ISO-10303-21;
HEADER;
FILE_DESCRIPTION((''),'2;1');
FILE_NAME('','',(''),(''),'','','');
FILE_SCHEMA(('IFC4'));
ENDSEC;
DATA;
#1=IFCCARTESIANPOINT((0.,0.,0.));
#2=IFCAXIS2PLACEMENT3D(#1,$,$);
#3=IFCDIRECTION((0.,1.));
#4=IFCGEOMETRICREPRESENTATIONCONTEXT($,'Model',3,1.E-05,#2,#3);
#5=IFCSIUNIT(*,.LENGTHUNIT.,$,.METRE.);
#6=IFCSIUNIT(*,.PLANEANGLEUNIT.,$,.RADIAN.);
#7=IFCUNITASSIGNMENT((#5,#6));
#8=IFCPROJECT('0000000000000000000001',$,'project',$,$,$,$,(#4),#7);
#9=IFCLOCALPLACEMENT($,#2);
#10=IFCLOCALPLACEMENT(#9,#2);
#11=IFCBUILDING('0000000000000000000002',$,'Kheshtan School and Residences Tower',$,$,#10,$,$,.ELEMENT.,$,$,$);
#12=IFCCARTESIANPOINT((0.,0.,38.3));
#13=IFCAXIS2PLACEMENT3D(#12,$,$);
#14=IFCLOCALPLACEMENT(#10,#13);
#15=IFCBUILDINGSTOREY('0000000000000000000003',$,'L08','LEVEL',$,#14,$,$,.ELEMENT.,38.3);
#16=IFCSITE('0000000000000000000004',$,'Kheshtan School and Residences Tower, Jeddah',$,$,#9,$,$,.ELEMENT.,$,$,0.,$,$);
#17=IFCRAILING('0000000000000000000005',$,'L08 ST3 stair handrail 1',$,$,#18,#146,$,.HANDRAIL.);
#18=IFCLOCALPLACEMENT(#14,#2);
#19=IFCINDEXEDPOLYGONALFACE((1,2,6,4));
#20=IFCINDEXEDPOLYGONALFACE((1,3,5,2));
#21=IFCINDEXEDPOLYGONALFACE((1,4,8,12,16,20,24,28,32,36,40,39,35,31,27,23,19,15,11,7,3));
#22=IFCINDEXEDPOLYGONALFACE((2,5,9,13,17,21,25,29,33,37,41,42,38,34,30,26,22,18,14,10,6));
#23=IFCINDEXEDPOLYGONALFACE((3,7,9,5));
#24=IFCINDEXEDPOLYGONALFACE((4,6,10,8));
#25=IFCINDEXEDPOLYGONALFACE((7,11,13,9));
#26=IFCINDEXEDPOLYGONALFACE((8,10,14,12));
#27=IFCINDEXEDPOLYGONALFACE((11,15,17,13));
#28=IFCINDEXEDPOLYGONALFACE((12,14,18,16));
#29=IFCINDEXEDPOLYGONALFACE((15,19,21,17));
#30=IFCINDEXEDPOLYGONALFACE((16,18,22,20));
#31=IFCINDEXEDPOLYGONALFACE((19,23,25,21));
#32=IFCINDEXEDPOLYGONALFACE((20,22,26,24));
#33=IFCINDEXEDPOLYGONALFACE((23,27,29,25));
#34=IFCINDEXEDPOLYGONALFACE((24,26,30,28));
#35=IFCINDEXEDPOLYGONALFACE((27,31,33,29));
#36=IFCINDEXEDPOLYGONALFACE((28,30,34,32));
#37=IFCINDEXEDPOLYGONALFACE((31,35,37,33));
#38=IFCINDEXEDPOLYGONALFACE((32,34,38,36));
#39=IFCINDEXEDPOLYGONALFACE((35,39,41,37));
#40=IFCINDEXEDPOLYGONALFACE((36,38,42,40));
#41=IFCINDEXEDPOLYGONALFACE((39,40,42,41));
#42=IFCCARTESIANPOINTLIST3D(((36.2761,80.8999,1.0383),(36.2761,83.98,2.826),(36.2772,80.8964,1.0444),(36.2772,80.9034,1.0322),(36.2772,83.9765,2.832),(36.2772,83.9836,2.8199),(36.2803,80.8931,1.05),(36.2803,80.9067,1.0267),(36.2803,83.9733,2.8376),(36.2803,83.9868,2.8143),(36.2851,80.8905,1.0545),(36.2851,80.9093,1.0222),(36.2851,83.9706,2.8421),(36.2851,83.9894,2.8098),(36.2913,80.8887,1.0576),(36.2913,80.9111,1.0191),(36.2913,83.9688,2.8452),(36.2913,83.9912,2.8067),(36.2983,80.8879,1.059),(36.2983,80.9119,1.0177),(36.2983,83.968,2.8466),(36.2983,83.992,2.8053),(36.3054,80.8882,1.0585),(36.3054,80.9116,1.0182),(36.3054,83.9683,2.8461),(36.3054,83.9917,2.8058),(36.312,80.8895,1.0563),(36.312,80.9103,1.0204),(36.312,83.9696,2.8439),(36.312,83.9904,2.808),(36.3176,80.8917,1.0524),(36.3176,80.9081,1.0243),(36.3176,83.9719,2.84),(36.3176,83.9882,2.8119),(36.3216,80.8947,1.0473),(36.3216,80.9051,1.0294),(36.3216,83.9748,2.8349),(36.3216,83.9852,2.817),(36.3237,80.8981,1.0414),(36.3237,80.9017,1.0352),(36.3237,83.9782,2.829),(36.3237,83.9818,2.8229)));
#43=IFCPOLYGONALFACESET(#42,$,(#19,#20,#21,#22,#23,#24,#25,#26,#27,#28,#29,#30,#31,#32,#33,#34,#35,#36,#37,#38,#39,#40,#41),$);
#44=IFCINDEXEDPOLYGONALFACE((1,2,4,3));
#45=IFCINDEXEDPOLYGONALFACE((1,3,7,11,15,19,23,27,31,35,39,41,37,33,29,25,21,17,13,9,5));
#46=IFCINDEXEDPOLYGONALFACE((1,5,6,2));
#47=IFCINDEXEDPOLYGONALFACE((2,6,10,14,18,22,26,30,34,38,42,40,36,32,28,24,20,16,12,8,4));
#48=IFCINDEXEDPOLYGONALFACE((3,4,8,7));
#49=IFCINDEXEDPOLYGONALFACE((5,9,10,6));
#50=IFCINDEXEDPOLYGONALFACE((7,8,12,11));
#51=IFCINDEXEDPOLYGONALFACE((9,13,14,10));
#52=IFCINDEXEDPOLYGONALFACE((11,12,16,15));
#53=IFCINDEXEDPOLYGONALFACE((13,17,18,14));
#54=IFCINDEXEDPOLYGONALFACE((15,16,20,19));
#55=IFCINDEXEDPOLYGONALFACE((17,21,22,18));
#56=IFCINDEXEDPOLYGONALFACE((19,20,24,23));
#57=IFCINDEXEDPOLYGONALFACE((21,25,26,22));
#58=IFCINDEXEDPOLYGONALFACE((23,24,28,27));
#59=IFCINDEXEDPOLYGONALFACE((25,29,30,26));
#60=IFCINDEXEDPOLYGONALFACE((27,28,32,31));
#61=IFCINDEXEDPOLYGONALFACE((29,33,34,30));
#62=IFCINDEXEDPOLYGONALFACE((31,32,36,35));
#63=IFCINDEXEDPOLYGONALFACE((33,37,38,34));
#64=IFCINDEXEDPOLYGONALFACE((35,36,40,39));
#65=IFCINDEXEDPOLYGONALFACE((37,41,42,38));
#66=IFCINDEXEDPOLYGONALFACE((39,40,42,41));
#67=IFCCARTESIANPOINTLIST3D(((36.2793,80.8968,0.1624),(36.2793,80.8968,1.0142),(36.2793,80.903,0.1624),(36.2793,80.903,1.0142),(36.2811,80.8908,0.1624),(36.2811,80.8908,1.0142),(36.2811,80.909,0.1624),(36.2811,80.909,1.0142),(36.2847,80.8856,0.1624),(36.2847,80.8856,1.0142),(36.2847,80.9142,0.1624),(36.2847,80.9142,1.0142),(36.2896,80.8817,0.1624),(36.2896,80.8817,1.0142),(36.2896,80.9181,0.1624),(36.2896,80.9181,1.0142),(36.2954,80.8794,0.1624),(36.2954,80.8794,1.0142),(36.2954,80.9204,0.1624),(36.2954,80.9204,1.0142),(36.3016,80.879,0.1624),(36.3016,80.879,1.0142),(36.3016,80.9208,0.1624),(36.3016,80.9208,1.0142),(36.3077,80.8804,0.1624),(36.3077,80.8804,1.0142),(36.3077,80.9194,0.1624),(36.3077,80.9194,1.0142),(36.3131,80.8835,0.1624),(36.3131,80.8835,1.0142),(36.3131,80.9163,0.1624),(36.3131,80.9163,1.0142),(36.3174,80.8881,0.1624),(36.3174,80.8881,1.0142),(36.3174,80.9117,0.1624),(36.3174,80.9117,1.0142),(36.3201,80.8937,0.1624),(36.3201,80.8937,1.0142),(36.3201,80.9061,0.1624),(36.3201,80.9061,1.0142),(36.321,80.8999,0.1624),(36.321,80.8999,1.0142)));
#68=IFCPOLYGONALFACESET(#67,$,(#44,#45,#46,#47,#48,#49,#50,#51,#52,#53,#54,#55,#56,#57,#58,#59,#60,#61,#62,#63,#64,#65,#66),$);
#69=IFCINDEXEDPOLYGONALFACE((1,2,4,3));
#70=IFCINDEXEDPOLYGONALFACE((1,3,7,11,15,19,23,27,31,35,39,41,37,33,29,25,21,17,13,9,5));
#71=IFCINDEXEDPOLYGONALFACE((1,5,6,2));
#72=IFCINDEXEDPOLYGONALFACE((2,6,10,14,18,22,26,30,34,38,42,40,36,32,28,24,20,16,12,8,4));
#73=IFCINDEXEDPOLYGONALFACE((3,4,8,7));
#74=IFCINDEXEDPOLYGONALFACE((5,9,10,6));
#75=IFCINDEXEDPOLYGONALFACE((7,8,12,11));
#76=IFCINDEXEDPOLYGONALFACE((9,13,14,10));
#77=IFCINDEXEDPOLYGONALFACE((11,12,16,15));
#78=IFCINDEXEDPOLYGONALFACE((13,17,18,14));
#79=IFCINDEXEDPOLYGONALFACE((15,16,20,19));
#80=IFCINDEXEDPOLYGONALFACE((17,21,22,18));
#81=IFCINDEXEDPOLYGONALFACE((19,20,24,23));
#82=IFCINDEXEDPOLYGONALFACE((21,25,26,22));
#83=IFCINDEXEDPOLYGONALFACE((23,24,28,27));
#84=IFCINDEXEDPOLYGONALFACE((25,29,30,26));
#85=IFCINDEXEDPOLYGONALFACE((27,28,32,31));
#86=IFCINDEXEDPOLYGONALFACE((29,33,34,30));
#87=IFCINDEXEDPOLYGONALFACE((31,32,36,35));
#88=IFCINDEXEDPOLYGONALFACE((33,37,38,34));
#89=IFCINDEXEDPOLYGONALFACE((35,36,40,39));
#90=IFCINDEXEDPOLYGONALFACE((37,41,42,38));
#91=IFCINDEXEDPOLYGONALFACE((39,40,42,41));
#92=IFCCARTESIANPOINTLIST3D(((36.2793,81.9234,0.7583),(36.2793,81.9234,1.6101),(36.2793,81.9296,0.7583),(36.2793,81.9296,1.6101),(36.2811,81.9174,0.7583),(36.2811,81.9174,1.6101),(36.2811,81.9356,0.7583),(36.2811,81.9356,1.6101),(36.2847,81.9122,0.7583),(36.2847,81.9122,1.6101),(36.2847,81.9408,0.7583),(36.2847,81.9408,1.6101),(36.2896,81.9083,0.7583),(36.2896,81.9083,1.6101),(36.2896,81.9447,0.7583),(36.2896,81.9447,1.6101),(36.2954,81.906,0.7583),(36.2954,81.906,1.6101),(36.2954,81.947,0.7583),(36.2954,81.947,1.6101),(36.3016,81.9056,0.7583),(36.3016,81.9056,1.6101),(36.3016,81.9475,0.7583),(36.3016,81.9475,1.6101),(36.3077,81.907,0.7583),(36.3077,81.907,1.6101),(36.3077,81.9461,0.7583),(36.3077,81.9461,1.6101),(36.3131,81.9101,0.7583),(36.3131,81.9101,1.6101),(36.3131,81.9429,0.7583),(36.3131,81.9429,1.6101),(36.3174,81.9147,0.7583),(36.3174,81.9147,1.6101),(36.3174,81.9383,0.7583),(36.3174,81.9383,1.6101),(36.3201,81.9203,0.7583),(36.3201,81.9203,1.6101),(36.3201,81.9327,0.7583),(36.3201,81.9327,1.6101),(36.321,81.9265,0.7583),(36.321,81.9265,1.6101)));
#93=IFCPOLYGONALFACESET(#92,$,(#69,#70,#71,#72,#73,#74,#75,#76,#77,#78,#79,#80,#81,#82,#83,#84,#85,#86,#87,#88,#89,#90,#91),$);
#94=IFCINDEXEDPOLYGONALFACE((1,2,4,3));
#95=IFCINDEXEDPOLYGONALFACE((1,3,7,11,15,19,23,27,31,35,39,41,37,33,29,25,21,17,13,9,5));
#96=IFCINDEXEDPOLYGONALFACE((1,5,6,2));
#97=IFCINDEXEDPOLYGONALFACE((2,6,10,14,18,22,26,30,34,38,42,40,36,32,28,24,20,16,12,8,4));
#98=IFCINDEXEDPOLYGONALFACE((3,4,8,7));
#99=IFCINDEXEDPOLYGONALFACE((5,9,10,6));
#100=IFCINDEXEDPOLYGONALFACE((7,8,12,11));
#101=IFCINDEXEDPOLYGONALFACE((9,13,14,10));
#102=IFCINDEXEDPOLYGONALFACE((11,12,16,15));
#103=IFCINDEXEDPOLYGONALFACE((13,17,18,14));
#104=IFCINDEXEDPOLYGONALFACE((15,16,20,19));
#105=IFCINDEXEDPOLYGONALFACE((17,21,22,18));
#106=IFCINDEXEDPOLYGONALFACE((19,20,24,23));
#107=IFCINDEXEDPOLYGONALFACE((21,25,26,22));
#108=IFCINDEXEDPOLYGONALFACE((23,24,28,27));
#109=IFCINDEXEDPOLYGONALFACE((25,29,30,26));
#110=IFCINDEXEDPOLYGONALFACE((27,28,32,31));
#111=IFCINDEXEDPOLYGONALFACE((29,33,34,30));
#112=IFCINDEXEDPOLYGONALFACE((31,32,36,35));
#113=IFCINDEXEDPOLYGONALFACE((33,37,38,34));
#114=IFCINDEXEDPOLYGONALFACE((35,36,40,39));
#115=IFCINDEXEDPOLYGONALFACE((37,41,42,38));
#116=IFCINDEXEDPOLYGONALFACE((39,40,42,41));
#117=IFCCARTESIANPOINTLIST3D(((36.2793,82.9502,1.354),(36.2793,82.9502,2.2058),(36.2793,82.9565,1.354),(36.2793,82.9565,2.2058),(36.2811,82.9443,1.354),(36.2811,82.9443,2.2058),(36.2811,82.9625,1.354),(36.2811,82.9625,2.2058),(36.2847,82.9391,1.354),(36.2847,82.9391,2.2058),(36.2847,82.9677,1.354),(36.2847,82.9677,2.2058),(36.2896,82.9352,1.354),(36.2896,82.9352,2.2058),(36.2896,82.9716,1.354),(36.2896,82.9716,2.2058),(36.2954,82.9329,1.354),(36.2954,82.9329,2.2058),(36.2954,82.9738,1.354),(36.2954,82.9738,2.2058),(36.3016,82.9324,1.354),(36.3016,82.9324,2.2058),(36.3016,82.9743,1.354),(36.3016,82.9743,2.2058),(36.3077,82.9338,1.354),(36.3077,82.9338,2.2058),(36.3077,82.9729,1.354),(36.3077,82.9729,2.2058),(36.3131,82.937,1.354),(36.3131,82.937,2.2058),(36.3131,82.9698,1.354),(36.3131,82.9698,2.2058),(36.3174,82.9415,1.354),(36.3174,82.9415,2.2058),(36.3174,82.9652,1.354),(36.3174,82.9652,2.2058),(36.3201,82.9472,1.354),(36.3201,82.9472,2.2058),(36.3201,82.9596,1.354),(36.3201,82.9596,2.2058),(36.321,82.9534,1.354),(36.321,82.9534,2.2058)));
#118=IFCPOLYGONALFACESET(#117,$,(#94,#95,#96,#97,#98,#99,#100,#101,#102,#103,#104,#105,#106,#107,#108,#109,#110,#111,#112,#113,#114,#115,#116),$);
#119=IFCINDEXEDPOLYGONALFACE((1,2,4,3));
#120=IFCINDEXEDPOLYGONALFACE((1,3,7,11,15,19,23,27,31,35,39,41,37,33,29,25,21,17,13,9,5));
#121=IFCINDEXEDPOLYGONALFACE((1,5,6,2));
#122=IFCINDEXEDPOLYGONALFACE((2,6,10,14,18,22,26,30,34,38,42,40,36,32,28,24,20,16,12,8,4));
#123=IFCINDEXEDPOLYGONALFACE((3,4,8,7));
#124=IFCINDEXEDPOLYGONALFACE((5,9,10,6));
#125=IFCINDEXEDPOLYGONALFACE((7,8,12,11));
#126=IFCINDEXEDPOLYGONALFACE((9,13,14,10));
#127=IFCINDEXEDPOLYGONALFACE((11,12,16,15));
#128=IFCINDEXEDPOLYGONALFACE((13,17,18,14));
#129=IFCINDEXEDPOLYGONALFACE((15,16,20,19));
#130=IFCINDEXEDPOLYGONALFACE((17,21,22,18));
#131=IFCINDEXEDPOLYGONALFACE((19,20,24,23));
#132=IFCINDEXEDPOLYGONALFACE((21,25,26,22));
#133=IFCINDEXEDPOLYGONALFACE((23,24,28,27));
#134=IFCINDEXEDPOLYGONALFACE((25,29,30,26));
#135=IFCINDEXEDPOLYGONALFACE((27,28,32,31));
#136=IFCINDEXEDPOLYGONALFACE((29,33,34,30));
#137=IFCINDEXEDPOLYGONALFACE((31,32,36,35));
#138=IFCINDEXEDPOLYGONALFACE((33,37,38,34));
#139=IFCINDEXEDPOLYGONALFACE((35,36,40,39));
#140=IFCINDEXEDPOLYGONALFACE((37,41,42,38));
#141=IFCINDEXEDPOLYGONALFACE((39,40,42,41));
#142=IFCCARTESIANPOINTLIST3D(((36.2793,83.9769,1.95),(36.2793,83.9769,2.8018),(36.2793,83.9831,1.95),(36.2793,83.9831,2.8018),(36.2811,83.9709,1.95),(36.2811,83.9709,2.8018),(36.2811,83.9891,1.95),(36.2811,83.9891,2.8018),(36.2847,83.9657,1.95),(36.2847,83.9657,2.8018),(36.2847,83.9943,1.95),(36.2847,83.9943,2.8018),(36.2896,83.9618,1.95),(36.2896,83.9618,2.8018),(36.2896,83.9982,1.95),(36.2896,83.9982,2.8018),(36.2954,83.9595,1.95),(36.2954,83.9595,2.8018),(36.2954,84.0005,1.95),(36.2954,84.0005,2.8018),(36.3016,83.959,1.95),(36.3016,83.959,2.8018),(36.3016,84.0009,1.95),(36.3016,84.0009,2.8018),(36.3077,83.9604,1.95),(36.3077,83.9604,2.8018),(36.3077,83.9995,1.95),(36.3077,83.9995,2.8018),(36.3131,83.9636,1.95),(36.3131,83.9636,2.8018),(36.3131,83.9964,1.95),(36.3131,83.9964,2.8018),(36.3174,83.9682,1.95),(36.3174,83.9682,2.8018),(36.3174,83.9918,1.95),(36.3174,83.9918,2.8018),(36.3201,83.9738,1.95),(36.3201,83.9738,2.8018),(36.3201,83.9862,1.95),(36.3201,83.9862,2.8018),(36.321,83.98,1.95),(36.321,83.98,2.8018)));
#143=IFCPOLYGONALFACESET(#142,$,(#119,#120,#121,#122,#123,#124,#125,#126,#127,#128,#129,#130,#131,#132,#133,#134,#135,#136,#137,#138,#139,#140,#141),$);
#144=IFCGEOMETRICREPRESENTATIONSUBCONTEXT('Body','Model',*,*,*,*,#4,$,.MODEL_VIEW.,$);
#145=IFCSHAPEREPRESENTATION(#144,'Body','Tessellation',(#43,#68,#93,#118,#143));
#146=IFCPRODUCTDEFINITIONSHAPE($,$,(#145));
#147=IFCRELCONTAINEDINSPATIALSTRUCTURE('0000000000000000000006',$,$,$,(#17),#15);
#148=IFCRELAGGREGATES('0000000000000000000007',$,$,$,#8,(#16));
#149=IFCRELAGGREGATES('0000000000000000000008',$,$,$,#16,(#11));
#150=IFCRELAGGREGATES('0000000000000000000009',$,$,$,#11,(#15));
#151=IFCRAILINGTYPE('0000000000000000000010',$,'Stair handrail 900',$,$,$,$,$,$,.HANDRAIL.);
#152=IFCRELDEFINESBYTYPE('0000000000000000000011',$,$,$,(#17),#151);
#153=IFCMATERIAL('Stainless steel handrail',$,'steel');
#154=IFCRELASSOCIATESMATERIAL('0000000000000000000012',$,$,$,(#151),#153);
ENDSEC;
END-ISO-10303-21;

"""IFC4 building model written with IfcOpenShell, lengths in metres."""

from ifc_helpers import new_model, si_unit, direction, frame, origin, origin_2d, place, context, subcontext, project, spatial, circle, extrude, material, type_object, element, save


model = new_model("IFC4")

# Units and contexts
model_context = context("Model", 3, precision=1e-05, world=origin(), true_north=direction((0.0, 1.0)))
body_context = subcontext(model_context, "Body", "Model", "MODEL_VIEW")
ifc_project = project(units=[si_unit("LENGTHUNIT", "METRE"), si_unit("PLANEANGLEUNIT", "RADIAN")], contexts=[model_context])

# Site, building, storey
site_placement = place(None, origin())
site = spatial("IfcSite", under=ifc_project, at=site_placement, Name="Kheshtan School and Residences Tower, Jeddah", CompositionType="ELEMENT", RefElevation=0.0)
building_placement = place(site_placement, origin())
building = spatial("IfcBuilding", under=site, at=building_placement, Name="Kheshtan School and Residences Tower", CompositionType="ELEMENT")
storey_placement = place(building_placement, frame((0.0, 0.0, 38.3)))
storey = spatial("IfcBuildingStorey", under=building, at=storey_placement, Name="L08", Description="LEVEL", CompositionType="ELEMENT", Elevation=38.3)

# Railing
ifc_material_1 = material(Name="Stainless steel handrail", Category="steel")
railing_type_1 = type_object("IfcRailingType", Name="Stair handrail 900", PredefinedType="HANDRAIL", material=ifc_material_1)
railing_1_placement = place(storey_placement, frame((36.3, 80.8999, 0.1624)))
element("IfcRailing", 1, at=railing_1_placement, inside=storey, type_object=railing_type_1, Name="L08 ST3 stair handrail 1", PredefinedType="HANDRAIL", context=body_context, shape_type="SweptSolid", body=[
    extrude(circle(Radius=0.0239, at=origin_2d()), frame((0.0, 0.0, 0.876), z_axis=(0.0, 0.864891, 0.50196), x_axis=(-1.0, 0.0, 0.0)), (0.0, 0.0, 1.0), 3.5613),
    extrude(circle(Radius=0.021, at=origin_2d()), origin(), (0.0, 0.0, 1.0), 0.8518),
    extrude(circle(Radius=0.021, at=origin_2d()), frame((0.0, 1.0266, 0.5959)), (0.0, 0.0, 1.0), 0.8518),
    extrude(circle(Radius=0.021, at=origin_2d()), frame((0.0, 2.0535, 1.1917)), (0.0, 0.0, 1.0), 0.8518),
    extrude(circle(Radius=0.021, at=origin_2d()), frame((0.0, 3.0801, 1.7876)), (0.0, 0.0, 1.0), 0.8518),
])

save(model, "model.ifc")
